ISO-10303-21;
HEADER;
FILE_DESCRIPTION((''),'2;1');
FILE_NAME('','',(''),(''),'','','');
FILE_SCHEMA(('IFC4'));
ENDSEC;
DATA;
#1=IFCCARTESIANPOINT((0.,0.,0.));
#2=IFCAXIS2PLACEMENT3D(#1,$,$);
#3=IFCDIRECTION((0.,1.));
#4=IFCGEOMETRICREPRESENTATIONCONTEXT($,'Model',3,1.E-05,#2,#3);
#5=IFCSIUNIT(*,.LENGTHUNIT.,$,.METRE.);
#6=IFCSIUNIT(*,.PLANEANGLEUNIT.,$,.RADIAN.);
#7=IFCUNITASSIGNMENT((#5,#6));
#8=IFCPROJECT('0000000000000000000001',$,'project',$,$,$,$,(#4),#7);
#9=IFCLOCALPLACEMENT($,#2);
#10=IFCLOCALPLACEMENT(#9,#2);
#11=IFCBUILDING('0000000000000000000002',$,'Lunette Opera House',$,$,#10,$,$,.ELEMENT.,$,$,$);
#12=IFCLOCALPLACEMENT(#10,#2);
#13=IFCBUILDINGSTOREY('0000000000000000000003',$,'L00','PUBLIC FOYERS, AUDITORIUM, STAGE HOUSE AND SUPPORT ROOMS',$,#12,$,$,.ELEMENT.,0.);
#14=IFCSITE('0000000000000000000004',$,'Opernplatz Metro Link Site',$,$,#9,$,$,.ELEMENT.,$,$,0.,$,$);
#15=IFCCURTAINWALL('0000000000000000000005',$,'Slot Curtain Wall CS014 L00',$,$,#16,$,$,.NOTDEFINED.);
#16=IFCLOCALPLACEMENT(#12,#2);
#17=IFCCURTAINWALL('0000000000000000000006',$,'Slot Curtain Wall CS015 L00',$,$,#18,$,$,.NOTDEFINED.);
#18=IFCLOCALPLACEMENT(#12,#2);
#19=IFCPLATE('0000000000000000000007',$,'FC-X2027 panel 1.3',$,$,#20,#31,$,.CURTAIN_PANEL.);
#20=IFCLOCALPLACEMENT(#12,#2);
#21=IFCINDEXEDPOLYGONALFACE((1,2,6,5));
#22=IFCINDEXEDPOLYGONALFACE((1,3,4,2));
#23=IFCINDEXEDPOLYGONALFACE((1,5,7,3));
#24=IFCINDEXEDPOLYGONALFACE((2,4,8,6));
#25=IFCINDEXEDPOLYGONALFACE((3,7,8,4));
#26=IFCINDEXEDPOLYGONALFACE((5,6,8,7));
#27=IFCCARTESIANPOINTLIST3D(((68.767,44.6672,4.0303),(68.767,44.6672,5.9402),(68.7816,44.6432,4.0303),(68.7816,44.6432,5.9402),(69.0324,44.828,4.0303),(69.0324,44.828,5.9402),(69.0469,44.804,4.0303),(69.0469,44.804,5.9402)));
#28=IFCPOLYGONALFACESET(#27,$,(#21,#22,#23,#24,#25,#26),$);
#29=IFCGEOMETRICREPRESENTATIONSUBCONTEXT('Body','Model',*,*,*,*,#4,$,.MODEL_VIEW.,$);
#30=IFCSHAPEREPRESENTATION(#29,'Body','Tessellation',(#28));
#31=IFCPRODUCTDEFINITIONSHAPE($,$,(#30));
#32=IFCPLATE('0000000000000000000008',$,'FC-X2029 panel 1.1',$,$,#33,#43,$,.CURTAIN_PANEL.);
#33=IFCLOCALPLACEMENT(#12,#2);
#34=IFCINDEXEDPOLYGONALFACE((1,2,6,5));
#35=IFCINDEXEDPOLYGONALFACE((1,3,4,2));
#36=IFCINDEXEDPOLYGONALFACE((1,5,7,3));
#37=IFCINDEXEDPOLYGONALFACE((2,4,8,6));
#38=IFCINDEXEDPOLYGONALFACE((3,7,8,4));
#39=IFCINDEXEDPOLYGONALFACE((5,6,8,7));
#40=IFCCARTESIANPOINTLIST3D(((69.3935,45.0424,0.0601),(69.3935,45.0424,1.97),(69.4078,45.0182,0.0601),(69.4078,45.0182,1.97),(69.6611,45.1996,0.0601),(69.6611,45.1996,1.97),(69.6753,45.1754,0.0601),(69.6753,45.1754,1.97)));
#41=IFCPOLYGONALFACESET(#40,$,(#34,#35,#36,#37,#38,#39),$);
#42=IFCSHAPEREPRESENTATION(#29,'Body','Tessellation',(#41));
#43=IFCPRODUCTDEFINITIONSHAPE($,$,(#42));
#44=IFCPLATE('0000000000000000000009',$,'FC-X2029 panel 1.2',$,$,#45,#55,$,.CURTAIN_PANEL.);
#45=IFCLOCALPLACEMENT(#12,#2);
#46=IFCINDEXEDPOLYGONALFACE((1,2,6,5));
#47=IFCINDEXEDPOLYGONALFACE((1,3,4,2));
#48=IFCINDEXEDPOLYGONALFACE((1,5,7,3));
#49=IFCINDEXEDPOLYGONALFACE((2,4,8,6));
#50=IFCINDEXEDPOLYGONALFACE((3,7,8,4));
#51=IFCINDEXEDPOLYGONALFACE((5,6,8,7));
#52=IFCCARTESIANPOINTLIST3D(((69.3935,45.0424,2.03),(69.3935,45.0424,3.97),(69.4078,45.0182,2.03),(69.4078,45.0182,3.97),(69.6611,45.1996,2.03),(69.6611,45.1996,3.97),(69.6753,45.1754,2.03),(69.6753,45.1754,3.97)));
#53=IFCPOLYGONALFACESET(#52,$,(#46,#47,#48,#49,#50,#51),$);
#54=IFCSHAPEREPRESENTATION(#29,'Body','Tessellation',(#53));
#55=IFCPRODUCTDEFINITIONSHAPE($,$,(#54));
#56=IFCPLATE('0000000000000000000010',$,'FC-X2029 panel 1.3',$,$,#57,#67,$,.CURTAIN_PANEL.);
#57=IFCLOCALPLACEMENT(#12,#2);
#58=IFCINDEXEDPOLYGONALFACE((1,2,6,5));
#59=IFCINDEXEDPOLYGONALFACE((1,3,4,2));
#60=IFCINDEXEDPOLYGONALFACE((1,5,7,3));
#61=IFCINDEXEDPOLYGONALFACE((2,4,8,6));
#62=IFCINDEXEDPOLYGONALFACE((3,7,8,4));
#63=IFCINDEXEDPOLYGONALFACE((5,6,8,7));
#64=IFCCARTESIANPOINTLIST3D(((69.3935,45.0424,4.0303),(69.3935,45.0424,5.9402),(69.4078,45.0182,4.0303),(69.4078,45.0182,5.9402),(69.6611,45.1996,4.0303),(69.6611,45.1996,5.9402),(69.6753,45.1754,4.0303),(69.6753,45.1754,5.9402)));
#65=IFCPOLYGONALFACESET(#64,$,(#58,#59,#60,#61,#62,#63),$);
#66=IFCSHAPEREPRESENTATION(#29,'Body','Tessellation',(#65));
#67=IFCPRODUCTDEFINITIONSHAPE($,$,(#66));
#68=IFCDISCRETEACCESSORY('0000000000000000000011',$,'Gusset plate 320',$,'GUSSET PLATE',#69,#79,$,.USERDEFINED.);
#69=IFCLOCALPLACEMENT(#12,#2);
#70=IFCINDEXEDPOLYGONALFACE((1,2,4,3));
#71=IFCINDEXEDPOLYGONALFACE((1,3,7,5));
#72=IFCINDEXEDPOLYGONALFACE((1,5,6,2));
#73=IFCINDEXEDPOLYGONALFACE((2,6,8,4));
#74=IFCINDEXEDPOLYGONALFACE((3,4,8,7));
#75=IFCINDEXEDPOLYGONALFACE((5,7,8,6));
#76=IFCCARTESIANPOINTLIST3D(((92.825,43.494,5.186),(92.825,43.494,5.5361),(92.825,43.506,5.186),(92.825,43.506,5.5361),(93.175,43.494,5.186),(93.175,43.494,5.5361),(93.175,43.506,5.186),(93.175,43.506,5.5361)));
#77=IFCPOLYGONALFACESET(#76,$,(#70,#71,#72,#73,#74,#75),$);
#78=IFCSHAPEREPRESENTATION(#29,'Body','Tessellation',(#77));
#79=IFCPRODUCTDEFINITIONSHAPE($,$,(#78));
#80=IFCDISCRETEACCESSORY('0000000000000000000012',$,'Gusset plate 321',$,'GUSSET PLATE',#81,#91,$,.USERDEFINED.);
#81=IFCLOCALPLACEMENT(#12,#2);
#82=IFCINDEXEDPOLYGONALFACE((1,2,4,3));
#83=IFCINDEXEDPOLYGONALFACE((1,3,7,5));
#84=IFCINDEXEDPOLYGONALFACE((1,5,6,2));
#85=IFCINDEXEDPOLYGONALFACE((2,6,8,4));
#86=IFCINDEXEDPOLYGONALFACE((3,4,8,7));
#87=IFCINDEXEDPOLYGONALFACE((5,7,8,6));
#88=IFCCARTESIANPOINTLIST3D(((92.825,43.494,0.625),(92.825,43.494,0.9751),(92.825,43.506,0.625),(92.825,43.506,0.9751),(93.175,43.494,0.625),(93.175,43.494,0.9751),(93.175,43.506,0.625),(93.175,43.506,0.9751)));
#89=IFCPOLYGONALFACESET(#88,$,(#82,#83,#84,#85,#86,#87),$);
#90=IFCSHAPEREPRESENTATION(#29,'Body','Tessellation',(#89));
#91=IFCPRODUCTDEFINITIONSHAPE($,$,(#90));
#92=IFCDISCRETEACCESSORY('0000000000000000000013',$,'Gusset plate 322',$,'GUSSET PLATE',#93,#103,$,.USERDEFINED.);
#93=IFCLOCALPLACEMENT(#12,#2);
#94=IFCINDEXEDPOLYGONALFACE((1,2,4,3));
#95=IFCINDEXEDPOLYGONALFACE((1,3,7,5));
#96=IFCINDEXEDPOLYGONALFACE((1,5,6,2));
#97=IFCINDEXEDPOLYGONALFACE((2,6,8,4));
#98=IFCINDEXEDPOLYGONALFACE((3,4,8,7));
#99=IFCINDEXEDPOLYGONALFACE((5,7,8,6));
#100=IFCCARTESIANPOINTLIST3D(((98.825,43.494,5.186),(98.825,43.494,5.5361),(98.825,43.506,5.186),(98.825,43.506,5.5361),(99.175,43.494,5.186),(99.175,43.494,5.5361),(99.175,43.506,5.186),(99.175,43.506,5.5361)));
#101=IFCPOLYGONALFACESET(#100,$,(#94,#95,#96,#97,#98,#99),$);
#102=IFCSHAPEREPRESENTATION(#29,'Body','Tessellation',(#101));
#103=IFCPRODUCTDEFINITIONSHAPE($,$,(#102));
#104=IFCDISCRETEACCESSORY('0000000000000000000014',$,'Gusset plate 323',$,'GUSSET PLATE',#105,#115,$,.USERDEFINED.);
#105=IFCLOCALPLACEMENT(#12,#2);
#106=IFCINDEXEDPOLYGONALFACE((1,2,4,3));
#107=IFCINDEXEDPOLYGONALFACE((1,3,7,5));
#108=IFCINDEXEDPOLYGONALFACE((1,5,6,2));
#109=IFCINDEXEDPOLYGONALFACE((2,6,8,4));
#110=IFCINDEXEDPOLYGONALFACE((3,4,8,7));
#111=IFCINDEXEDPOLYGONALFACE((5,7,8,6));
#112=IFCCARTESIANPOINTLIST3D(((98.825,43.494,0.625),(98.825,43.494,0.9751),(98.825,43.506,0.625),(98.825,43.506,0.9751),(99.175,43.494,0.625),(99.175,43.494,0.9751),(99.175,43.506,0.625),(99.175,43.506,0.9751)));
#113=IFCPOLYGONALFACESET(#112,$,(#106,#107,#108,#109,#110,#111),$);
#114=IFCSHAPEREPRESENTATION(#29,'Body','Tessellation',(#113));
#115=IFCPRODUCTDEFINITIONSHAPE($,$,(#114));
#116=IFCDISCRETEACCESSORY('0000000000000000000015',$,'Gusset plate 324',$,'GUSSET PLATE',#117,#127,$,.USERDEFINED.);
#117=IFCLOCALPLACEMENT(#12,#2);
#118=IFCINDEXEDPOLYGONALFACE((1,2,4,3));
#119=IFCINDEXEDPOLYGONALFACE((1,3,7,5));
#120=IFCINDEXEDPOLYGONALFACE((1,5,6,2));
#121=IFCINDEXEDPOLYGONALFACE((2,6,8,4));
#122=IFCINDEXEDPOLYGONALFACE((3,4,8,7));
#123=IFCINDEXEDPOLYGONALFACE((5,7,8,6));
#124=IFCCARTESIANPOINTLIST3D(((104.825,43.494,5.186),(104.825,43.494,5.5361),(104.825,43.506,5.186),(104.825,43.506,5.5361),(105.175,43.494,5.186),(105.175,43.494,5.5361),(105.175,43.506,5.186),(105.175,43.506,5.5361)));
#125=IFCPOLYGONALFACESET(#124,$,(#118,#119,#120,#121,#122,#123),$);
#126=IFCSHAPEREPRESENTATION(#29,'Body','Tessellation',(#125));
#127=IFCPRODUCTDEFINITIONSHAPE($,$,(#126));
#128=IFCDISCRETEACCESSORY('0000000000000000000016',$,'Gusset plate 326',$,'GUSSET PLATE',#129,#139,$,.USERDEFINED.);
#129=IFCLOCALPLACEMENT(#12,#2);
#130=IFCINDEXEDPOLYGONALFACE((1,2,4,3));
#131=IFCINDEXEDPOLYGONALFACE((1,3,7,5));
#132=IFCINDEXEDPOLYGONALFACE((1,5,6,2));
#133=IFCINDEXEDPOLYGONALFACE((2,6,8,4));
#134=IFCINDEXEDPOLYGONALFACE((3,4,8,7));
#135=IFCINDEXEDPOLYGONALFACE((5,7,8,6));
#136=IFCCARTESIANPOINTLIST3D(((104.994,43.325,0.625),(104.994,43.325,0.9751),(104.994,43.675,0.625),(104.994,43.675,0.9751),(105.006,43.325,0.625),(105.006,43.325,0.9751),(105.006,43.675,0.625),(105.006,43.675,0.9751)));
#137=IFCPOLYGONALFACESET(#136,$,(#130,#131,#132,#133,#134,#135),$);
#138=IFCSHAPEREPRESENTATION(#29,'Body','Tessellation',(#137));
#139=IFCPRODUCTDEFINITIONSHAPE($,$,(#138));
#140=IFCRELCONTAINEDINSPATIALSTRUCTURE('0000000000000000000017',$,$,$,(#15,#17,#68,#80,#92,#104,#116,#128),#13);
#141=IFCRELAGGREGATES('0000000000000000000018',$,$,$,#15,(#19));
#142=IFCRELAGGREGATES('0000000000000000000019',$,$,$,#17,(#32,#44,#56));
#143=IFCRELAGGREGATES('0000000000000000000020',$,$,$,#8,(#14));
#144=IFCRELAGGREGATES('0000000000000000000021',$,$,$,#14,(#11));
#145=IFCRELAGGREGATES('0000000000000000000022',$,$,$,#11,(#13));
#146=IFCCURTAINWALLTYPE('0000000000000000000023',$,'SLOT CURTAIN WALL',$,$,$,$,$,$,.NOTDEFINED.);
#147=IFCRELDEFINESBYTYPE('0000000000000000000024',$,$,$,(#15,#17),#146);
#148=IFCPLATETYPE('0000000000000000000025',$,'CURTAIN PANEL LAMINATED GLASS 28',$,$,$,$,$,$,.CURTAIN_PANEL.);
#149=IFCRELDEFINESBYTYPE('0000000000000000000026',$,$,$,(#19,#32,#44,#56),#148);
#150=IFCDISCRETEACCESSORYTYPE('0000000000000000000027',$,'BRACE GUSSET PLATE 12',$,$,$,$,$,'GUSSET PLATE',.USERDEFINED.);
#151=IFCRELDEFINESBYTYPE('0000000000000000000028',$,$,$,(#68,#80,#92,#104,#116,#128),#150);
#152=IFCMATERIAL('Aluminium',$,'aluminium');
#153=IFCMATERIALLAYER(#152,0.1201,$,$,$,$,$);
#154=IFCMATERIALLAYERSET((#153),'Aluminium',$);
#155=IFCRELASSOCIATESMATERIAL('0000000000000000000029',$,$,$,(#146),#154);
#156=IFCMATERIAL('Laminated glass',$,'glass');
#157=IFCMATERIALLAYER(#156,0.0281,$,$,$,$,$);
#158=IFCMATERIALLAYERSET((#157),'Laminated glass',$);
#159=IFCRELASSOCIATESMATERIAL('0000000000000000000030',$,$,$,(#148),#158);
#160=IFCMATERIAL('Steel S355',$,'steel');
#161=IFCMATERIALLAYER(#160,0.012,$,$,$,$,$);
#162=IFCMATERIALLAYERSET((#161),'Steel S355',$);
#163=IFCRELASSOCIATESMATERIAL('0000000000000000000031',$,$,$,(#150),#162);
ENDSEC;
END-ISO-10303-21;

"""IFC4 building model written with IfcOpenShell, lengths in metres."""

from ifc_helpers import new_model, si_unit, direction, frame, origin, origin_2d, place, context, subcontext, project, spatial, rectangle, extrude, material, layer, layer_set, type_object, element, aggregate, save


model = new_model("IFC4")

# Units and contexts
model_context = context("Model", 3, precision=1e-05, world=origin(), true_north=direction((0.0, 1.0)))
body_context = subcontext(model_context, "Body", "Model", "MODEL_VIEW")
ifc_project = project(units=[si_unit("LENGTHUNIT", "METRE"), si_unit("PLANEANGLEUNIT", "RADIAN")], contexts=[model_context])

# Site, building, storey
site_placement = place(None, origin())
site = spatial("IfcSite", under=ifc_project, at=site_placement, Name="Opernplatz Metro Link Site", CompositionType="ELEMENT", RefElevation=0.0)
building_placement = place(site_placement, origin())
building = spatial("IfcBuilding", under=site, at=building_placement, Name="Lunette Opera House", CompositionType="ELEMENT")
storey_placement = place(building_placement, origin())
storey = spatial("IfcBuildingStorey", under=building, at=storey_placement, Name="L00", Description="PUBLIC FOYERS, AUDITORIUM, STAGE HOUSE AND SUPPORT ROOMS", CompositionType="ELEMENT", Elevation=0.0)

# Curtain wall
ifc_material_1 = material(Name="Aluminium", Category="aluminium")
ifc_layer_1 = layer(ifc_material_1, 0.1201)
ifc_layer_set_1 = layer_set([ifc_layer_1], Name="Aluminium")
curtain_wall_type = type_object("IfcCurtainWallType", Name="SLOT CURTAIN WALL", PredefinedType="NOTDEFINED", material=ifc_layer_set_1)
curtain_wall_1_placement = place(storey_placement, origin())
curtain_wall_1 = element("IfcCurtainWall", 1, at=curtain_wall_1_placement, inside=storey, type_object=curtain_wall_type, Name="Slot Curtain Wall CS014 L00", PredefinedType="NOTDEFINED")

# Curtain wall
curtain_wall_2_placement = place(storey_placement, origin())
curtain_wall_2 = element("IfcCurtainWall", 2, at=curtain_wall_2_placement, inside=storey, type_object=curtain_wall_type, Name="Slot Curtain Wall CS015 L00", PredefinedType="NOTDEFINED")

# Plates
ifc_material_2 = material(Name="Laminated glass", Category="glass")
ifc_layer_2 = layer(ifc_material_2, 0.0281)
ifc_layer_set_2 = layer_set([ifc_layer_2], Name="Laminated glass")
plate_type = type_object("IfcPlateType", Name="CURTAIN PANEL LAMINATED GLASS 28", PredefinedType="CURTAIN_PANEL", material=ifc_layer_set_2)
plate_1_placement = place(storey_placement, frame((68.907, 44.7356, 4.0303), z_axis=(0.0, 0.0, 1.0), x_axis=(0.855229, 0.51825, 0.0)))
plate_1 = element("IfcPlate", 3, at=plate_1_placement, type_object=plate_type, Name="FC-X2027 panel 1.3", PredefinedType="CURTAIN_PANEL", context=body_context, shape_type="SweptSolid", body=[
    extrude(rectangle(XDim=0.3103, YDim=0.0281, at=origin_2d()), origin(), (0.0, 0.0, 1.0), 1.9099),
])
aggregate(curtain_wall_1, [plate_1])
plate_2_placement = place(storey_placement, frame((69.5344, 45.1089, 0.0601), z_axis=(0.0, 0.0, 1.0), x_axis=(0.862173, 0.506614, 0.0)))
plate_2 = element("IfcPlate", 4, at=plate_2_placement, type_object=plate_type, Name="FC-X2029 panel 1.1", PredefinedType="CURTAIN_PANEL", context=body_context, shape_type="SweptSolid", body=[
    extrude(rectangle(XDim=0.3103, YDim=0.0281, at=origin_2d()), origin(), (0.0, 0.0, 1.0), 1.9099),
])
plate_3_placement = place(storey_placement, frame((69.5344, 45.1089, 2.03), z_axis=(0.0, 0.0, 1.0), x_axis=(0.862173, 0.506614, 0.0)))
plate_3 = element("IfcPlate", 5, at=plate_3_placement, type_object=plate_type, Name="FC-X2029 panel 1.2", PredefinedType="CURTAIN_PANEL", context=body_context, shape_type="SweptSolid", body=[
    extrude(rectangle(XDim=0.3103, YDim=0.0281, at=origin_2d()), origin(), (0.0, 0.0, 1.0), 1.9399),
])
plate_4_placement = place(storey_placement, frame((69.5344, 45.1089, 4.0303), z_axis=(0.0, 0.0, 1.0), x_axis=(0.862173, 0.506614, 0.0)))
plate_4 = element("IfcPlate", 6, at=plate_4_placement, type_object=plate_type, Name="FC-X2029 panel 1.3", PredefinedType="CURTAIN_PANEL", context=body_context, shape_type="SweptSolid", body=[
    extrude(rectangle(XDim=0.3103, YDim=0.0281, at=origin_2d()), origin(), (0.0, 0.0, 1.0), 1.9099),
])
aggregate(curtain_wall_2, [plate_2, plate_3, plate_4])

# Discrete accessories
ifc_material_3 = material(Name="Steel S355", Category="steel")
ifc_layer_3 = layer(ifc_material_3, 0.012)
ifc_layer_set_3 = layer_set([ifc_layer_3], Name="Steel S355")
discrete_accessory_type = type_object("IfcDiscreteAccessoryType", Name="BRACE GUSSET PLATE 12", ElementType="GUSSET PLATE", PredefinedType="USERDEFINED", material=ifc_layer_set_3)
for number, where, z_axis, x_axis, name in (
    (7, (93.0, 43.5, 5.186), (0.0, 0.0, 1.0), (1.0, 0.0, 0.0), "Gusset plate 320"),
    (8, (93.0, 43.5, 0.625), (0.0, 0.0, 1.0), (1.0, 0.0, 0.0), "Gusset plate 321"),
    (9, (99.0, 43.5, 5.186), (0.0, 0.0, 1.0), (1.0, 0.0, 0.0), "Gusset plate 322"),
    (10, (99.0, 43.5, 0.625), (0.0, 0.0, 1.0), (1.0, 0.0, 0.0), "Gusset plate 323"),
    (11, (105.0, 43.5, 5.186), (0.0, 0.0, 1.0), (1.0, 0.0, 0.0), "Gusset plate 324"),
    (12, (105.0, 43.5, 0.625), (0.0, 0.0, 1.0), (0.0, 1.0, 0.0), "Gusset plate 326"),
):
    element("IfcDiscreteAccessory", number, at=place(storey_placement, frame(where, z_axis=z_axis, x_axis=x_axis)), inside=storey, type_object=discrete_accessory_type, Name=name, ObjectType="GUSSET PLATE", PredefinedType="USERDEFINED", context=body_context, shape_type="SweptSolid", body=[
        extrude(rectangle(XDim=0.3501, YDim=0.012, at=origin_2d()), origin(), (0.0, 0.0, 1.0), 0.3501),
    ])

save(model, "model.ifc")
